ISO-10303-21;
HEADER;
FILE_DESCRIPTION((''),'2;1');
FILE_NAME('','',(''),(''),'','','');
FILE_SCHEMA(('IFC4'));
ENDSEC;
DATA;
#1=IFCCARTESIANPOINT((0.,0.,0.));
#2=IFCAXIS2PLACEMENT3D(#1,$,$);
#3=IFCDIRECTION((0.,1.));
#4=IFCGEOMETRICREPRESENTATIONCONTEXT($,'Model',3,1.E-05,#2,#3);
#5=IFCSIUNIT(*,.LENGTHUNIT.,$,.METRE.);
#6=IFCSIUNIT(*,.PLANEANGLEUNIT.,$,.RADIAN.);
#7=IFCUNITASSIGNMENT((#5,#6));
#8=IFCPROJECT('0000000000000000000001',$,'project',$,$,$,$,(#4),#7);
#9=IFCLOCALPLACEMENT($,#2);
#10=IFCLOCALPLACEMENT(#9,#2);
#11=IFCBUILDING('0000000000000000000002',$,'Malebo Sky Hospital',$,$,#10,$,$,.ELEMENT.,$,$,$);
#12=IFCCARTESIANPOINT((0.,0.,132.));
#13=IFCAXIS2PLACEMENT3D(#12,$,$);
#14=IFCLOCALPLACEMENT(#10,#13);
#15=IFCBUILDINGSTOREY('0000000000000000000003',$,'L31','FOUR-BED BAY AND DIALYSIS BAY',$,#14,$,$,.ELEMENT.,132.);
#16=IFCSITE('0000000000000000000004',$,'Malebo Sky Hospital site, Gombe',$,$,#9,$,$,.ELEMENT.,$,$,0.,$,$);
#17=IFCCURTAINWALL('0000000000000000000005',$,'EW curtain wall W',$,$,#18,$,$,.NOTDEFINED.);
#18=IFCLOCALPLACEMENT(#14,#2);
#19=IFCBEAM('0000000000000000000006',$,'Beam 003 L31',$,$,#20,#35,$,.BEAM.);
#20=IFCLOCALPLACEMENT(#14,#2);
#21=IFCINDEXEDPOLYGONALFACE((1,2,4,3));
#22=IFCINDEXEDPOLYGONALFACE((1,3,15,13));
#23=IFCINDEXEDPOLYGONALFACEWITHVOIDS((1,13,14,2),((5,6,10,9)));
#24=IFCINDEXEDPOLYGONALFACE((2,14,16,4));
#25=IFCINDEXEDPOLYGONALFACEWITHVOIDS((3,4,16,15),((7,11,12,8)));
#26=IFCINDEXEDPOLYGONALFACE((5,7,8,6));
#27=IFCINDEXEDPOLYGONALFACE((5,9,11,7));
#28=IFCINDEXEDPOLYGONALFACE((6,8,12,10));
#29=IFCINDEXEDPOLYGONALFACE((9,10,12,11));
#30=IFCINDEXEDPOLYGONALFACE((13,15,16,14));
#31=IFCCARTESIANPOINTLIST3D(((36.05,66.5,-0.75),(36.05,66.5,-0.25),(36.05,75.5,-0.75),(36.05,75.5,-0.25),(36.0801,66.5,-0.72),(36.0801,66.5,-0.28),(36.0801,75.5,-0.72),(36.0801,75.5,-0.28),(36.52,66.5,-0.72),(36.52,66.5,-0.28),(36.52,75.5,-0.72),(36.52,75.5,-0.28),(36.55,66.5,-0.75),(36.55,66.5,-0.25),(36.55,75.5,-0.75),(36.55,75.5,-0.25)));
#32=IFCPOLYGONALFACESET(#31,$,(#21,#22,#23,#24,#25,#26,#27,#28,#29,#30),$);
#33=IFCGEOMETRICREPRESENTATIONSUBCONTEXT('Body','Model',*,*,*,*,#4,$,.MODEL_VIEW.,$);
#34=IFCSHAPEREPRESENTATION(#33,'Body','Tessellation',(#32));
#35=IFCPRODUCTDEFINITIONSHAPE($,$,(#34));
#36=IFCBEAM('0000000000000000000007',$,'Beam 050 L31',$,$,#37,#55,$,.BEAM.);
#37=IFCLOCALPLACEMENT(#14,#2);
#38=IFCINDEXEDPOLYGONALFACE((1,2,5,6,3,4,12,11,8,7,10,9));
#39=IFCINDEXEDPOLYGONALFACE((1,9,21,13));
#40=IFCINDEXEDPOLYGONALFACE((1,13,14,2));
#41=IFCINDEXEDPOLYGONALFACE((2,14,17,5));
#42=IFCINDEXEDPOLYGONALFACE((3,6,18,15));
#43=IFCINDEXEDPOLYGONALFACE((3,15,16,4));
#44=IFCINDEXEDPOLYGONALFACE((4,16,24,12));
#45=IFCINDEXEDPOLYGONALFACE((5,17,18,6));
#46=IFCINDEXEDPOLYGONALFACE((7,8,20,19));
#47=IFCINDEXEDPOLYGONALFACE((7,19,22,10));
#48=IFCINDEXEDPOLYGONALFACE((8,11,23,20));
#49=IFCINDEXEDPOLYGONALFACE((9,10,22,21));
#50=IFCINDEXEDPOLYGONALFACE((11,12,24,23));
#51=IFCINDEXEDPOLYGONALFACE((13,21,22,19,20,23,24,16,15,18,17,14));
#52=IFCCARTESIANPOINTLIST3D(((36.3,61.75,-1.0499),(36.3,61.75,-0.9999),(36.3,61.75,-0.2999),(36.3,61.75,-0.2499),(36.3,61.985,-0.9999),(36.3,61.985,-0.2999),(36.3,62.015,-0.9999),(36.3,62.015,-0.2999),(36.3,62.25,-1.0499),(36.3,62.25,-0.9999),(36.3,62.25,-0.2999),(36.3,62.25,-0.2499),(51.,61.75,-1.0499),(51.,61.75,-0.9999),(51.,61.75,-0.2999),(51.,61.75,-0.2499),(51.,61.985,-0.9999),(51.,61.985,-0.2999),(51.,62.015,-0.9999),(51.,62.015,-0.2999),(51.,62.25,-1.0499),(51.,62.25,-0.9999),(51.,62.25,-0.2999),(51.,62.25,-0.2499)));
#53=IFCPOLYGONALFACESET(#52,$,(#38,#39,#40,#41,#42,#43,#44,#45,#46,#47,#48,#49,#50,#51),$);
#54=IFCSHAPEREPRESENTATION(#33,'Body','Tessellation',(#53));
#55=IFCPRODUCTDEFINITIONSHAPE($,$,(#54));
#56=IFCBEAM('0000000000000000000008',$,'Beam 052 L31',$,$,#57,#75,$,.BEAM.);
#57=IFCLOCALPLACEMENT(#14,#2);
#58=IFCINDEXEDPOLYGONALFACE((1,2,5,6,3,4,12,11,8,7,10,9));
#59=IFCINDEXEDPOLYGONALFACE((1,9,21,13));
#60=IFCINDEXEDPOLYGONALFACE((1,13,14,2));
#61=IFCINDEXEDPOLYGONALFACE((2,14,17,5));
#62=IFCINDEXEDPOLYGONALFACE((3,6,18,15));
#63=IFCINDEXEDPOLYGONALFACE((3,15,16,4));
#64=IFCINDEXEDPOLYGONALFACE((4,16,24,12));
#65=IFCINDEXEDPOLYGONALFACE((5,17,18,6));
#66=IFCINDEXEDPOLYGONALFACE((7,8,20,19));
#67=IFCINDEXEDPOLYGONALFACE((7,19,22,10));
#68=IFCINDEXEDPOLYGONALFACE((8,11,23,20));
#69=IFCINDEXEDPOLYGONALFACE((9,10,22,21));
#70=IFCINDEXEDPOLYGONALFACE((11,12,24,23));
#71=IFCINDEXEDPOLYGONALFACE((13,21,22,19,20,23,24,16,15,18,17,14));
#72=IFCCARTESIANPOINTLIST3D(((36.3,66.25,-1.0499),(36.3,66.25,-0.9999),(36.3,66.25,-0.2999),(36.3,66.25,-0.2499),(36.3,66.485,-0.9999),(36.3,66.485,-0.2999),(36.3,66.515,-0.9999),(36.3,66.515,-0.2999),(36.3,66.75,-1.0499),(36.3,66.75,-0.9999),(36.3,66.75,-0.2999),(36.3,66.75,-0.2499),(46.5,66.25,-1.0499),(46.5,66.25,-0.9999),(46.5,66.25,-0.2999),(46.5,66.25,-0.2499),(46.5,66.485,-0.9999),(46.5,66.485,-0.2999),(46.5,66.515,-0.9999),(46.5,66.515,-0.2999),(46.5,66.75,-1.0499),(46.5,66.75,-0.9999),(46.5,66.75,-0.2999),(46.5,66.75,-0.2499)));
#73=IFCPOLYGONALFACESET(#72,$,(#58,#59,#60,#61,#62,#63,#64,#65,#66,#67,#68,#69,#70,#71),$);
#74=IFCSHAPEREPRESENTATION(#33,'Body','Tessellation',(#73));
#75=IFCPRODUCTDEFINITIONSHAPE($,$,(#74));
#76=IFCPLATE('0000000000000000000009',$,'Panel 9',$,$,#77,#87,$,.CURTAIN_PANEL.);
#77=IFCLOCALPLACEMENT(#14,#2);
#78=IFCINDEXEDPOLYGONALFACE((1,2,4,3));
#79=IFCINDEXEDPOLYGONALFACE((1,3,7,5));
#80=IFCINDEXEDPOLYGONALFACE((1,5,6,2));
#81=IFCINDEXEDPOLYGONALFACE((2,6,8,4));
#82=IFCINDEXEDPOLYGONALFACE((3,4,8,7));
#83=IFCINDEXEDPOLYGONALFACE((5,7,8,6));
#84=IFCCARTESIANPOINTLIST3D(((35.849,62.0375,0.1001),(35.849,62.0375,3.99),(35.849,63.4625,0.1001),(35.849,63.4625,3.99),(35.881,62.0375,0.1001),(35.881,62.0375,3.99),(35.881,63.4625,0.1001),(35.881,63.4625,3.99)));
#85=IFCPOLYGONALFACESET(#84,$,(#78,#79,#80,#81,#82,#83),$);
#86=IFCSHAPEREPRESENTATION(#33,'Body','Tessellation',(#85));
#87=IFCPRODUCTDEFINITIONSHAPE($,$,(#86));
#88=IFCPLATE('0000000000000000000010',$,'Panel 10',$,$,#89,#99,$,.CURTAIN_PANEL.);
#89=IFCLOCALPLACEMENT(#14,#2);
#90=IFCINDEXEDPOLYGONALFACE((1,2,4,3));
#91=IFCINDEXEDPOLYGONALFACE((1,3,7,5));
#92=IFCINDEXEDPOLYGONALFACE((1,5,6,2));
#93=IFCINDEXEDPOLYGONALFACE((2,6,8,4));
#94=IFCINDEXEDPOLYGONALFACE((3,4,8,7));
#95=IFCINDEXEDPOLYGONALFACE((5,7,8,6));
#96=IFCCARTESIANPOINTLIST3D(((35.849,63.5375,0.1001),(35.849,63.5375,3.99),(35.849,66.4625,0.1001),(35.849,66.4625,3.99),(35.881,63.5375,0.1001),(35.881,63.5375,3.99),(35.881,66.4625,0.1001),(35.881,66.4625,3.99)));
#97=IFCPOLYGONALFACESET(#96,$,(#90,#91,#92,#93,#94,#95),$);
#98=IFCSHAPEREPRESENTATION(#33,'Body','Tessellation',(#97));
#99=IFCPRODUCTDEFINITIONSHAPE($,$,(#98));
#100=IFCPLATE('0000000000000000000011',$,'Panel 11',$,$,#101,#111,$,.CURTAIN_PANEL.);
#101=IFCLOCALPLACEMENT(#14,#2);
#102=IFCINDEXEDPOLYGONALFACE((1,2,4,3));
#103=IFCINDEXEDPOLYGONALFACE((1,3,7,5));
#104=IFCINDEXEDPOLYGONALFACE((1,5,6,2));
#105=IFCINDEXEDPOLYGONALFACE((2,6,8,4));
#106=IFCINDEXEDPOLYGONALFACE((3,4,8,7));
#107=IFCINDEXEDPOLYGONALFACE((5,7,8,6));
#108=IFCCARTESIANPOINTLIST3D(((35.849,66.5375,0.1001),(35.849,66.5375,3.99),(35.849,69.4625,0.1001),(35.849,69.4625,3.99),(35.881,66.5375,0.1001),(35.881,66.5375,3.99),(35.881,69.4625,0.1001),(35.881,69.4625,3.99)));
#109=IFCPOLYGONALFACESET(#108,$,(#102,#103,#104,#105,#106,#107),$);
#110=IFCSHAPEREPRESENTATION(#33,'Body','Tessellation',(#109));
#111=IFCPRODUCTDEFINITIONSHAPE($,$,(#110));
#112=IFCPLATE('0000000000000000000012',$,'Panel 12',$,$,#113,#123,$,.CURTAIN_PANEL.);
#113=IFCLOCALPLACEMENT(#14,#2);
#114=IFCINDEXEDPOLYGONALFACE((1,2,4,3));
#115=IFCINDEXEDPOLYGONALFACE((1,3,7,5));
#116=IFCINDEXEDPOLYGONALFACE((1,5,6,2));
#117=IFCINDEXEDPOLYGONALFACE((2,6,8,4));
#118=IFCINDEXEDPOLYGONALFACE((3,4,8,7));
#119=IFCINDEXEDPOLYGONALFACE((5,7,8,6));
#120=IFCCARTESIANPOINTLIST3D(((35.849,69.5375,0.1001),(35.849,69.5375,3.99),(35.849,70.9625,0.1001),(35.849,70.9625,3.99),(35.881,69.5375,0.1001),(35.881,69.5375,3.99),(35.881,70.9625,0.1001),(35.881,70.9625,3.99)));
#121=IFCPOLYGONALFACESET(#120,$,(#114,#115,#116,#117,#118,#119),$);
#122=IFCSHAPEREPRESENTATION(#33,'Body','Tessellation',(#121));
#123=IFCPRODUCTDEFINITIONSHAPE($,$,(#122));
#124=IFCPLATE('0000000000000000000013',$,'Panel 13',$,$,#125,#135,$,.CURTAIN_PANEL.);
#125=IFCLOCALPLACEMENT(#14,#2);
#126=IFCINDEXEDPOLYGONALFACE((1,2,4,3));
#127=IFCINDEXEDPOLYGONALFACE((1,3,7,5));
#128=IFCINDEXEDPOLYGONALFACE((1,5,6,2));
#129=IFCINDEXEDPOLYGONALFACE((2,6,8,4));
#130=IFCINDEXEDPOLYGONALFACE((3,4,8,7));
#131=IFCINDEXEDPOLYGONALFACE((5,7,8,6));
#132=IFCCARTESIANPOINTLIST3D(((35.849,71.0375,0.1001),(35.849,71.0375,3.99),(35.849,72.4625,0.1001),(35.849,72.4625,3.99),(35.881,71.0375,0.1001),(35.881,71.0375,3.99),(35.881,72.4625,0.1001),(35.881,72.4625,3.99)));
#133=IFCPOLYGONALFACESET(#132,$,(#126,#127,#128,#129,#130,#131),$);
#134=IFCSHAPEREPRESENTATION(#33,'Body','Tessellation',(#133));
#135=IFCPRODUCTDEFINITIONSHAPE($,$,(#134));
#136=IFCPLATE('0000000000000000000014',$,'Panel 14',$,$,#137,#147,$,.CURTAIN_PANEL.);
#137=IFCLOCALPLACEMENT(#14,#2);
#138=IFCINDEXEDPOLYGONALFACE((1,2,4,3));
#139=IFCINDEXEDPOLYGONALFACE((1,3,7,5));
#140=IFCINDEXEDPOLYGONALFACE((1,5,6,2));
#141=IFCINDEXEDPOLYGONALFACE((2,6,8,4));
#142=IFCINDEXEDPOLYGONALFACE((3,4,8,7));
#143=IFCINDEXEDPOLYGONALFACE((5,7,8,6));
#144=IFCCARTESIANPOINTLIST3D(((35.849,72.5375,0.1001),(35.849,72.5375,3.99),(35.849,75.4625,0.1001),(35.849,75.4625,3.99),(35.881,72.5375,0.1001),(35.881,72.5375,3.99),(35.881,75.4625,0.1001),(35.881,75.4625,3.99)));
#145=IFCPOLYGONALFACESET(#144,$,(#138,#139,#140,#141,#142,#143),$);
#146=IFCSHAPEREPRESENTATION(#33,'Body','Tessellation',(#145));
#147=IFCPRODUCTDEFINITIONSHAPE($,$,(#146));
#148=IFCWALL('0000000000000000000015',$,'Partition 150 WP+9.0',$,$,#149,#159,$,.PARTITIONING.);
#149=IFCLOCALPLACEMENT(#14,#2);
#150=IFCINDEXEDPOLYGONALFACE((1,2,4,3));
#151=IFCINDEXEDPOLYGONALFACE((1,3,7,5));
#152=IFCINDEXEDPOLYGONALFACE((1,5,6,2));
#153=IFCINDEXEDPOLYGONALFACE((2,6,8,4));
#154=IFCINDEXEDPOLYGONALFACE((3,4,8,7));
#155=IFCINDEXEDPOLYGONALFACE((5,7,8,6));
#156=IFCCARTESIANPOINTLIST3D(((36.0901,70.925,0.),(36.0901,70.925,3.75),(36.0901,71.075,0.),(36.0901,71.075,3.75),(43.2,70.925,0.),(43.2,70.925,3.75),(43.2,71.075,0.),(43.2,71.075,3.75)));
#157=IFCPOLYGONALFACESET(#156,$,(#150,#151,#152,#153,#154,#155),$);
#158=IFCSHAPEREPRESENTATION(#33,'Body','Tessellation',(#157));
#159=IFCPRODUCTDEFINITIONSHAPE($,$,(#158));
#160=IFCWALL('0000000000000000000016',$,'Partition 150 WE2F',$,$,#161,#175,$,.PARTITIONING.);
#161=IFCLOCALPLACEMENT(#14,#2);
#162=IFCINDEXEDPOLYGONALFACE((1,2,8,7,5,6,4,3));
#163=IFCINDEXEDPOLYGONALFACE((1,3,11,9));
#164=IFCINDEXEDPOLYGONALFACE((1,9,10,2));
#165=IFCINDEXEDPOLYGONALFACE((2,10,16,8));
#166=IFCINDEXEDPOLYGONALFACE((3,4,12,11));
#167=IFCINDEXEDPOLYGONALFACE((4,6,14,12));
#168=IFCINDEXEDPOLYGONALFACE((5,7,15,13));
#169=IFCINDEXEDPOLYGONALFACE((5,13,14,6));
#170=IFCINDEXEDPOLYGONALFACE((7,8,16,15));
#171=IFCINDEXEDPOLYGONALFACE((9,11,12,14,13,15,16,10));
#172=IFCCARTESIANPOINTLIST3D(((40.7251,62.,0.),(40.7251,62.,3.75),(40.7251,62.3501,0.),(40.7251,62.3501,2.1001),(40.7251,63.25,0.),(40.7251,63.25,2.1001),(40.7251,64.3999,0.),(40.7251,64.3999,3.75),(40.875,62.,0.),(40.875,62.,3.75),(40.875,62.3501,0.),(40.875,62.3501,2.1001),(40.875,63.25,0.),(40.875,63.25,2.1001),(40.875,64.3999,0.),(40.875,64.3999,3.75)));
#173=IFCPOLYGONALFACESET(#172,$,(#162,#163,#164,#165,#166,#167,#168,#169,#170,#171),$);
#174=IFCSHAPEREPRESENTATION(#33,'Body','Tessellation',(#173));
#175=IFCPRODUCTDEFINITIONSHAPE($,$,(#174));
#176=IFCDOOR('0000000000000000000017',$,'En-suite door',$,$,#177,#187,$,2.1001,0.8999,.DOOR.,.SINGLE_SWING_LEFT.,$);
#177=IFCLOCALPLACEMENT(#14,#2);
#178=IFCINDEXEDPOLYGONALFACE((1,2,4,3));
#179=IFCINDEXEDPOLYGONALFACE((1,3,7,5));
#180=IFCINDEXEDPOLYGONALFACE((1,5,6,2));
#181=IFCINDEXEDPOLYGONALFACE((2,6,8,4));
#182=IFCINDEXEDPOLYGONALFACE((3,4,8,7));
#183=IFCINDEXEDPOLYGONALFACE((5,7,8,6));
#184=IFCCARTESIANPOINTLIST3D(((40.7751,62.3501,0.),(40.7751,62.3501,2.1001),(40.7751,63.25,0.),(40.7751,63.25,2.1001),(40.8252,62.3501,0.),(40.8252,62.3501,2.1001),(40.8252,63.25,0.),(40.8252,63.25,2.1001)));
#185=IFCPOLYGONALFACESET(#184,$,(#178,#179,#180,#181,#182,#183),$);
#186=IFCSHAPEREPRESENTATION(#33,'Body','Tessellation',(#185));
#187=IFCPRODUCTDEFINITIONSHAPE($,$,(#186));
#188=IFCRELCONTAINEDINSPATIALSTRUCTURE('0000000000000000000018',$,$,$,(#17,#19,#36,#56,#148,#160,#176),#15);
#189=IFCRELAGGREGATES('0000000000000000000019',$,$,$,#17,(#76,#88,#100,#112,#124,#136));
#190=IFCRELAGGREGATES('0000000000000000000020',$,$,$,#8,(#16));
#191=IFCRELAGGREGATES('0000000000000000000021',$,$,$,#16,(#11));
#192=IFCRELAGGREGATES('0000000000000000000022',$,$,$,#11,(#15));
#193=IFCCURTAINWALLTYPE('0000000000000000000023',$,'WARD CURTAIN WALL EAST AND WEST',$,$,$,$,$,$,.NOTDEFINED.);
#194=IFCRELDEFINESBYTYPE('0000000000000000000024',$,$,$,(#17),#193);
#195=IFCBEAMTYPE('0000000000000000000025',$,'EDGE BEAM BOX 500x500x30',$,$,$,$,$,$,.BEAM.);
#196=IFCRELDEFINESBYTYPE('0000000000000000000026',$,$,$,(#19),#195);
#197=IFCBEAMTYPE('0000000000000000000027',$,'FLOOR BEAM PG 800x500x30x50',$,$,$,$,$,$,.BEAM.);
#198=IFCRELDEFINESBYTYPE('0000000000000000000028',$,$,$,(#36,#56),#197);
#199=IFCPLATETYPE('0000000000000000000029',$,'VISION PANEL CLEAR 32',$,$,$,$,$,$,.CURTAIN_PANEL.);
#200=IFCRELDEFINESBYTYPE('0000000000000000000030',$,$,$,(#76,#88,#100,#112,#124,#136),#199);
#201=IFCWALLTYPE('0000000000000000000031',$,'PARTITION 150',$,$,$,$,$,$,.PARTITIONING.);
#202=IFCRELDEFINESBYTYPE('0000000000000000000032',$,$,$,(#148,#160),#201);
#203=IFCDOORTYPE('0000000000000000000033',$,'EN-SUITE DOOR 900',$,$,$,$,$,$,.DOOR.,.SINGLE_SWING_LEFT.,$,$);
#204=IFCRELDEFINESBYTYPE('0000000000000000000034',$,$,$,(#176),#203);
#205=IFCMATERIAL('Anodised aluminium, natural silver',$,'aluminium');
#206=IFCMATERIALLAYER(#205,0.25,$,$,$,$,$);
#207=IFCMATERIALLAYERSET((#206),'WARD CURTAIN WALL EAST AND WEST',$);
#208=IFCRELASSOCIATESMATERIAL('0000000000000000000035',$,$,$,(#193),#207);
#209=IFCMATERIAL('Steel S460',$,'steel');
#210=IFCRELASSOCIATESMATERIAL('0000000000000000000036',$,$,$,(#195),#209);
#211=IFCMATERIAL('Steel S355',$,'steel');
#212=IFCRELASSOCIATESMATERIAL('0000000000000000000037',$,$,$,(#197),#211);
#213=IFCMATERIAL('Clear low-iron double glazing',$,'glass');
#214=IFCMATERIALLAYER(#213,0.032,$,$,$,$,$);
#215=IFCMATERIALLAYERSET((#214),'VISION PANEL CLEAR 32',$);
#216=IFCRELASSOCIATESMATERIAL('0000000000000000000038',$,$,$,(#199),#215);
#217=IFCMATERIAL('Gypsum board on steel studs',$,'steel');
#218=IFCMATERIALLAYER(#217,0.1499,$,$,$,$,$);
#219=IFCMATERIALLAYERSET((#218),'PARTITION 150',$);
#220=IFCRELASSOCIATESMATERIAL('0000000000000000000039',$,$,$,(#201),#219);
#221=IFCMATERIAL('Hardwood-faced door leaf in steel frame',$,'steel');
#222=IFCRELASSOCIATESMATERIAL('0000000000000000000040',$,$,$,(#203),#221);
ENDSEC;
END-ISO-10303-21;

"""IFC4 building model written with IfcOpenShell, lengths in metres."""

from ifc_helpers import new_model, si_unit, direction, frame, frame_2d, origin, origin_2d, place, context, subcontext, project, spatial, rectangle, hollow_rectangle, i_section, extrude, material, layer, layer_set, material_profile, profile_set, type_object, element, fill, aggregate, save


model = new_model("IFC4")

# Units and contexts
model_context = context("Model", 3, precision=1e-05, world=origin(), true_north=direction((0.0, 1.0)))
body_context = subcontext(model_context, "Body", "Model", "MODEL_VIEW")
ifc_project = project(units=[si_unit("LENGTHUNIT", "METRE"), si_unit("PLANEANGLEUNIT", "RADIAN")], contexts=[model_context])

# Site, building, storey
site_placement = place(None, origin())
site = spatial("IfcSite", under=ifc_project, at=site_placement, Name="Malebo Sky Hospital site, Gombe", CompositionType="ELEMENT", RefElevation=0.0)
building_placement = place(site_placement, origin())
building = spatial("IfcBuilding", under=site, at=building_placement, Name="Malebo Sky Hospital", CompositionType="ELEMENT")
storey_placement = place(building_placement, frame((0.0, 0.0, 132.0)))
storey = spatial("IfcBuildingStorey", under=building, at=storey_placement, Name="L31", Description="FOUR-BED BAY AND DIALYSIS BAY", CompositionType="ELEMENT", Elevation=132.0)

# Shared definitions
ifc_material_1 = material(Name="Steel S460", Category="steel")

# Curtain wall
ifc_material_2 = material(Name="Anodised aluminium, natural silver", Category="aluminium")
ifc_layer_1 = layer(ifc_material_2, 0.25)
ifc_layer_set_1 = layer_set([ifc_layer_1], Name="WARD CURTAIN WALL EAST AND WEST")
curtain_wall_type = type_object("IfcCurtainWallType", Name="WARD CURTAIN WALL EAST AND WEST", PredefinedType="NOTDEFINED", material=ifc_layer_set_1)
curtain_wall_placement = place(storey_placement, origin())
curtain_wall = element("IfcCurtainWall", 1, at=curtain_wall_placement, inside=storey, type_object=curtain_wall_type, Name="EW curtain wall W", PredefinedType="NOTDEFINED")

# Beams
ifc_material_profile_1 = material_profile(ifc_material_1, hollow_rectangle(XDim=0.5, YDim=0.5, WallThickness=0.03, at=origin_2d()), Name="BOX 500x500x30")
ifc_profile_set_1 = profile_set([ifc_material_profile_1], Name="Steel S460")
beam_type_1 = type_object("IfcBeamType", Name="EDGE BEAM BOX 500x500x30", PredefinedType="BEAM", material=ifc_profile_set_1)
beam_1_placement = place(storey_placement, frame((36.3, 66.5, -0.5), z_axis=(0.0, 1.0, 0.0), x_axis=(-1.0, 0.0, 0.0)))
element("IfcBeam", 2, at=beam_1_placement, inside=storey, type_object=beam_type_1, Name="Beam 003 L31", PredefinedType="BEAM", context=body_context, shape_type="SweptSolid", body=[
    extrude(hollow_rectangle(XDim=0.5, YDim=0.5, WallThickness=0.03, at=origin_2d()), origin(), (0.0, 0.0, 1.0), 9.0),
])
ifc_material_3 = material(Name="Steel S355", Category="steel")
ifc_material_profile_2 = material_profile(ifc_material_3, i_section(OverallWidth=0.5, OverallDepth=0.8, WebThickness=0.03, FlangeThickness=0.05, at=origin_2d()), Name="PG 800x500x30x50")
ifc_profile_set_2 = profile_set([ifc_material_profile_2], Name="Steel S355")
beam_type_2 = type_object("IfcBeamType", Name="FLOOR BEAM PG 800x500x30x50", PredefinedType="BEAM", material=ifc_profile_set_2)
beam_2_placement = place(storey_placement, frame((36.3, 62.0, -0.6499), z_axis=(1.0, 0.0, 0.0), x_axis=(0.0, 1.0, 0.0)))
element("IfcBeam", 3, at=beam_2_placement, inside=storey, type_object=beam_type_2, Name="Beam 050 L31", PredefinedType="BEAM", context=body_context, shape_type="SweptSolid", body=[
    extrude(i_section(OverallWidth=0.5, OverallDepth=0.8, WebThickness=0.03, FlangeThickness=0.05, at=origin_2d()), origin(), (0.0, 0.0, 1.0), 14.7),
])
beam_3_placement = place(storey_placement, frame((36.3, 66.5, -0.6499), z_axis=(1.0, 0.0, 0.0), x_axis=(0.0, 1.0, 0.0)))
element("IfcBeam", 4, at=beam_3_placement, inside=storey, type_object=beam_type_2, Name="Beam 052 L31", PredefinedType="BEAM", context=body_context, shape_type="SweptSolid", body=[
    extrude(i_section(OverallWidth=0.5, OverallDepth=0.8, WebThickness=0.03, FlangeThickness=0.05, at=origin_2d()), origin(), (0.0, 0.0, 1.0), 10.2),
])

# Plates
ifc_material_4 = material(Name="Clear low-iron double glazing", Category="glass")
ifc_layer_2 = layer(ifc_material_4, 0.032)
ifc_layer_set_2 = layer_set([ifc_layer_2], Name="VISION PANEL CLEAR 32")
plate_type = type_object("IfcPlateType", Name="VISION PANEL CLEAR 32", PredefinedType="CURTAIN_PANEL", material=ifc_layer_set_2)
plate_1_placement = place(storey_placement, frame((35.865, 62.75, 0.1001), z_axis=(0.0, 0.0, 1.0), x_axis=(0.0, 1.0, 0.0)))
plate_1 = element("IfcPlate", 5, at=plate_1_placement, type_object=plate_type, Name="Panel 9", PredefinedType="CURTAIN_PANEL", context=body_context, shape_type="SweptSolid", body=[
    extrude(rectangle(XDim=1.425, YDim=0.032, at=origin_2d()), origin(), (0.0, 0.0, 1.0), 3.8899),
])
plate_2_placement = place(storey_placement, frame((35.865, 65.0, 0.1001), z_axis=(0.0, 0.0, 1.0), x_axis=(0.0, 1.0, 0.0)))
plate_2 = element("IfcPlate", 6, at=plate_2_placement, type_object=plate_type, Name="Panel 10", PredefinedType="CURTAIN_PANEL", context=body_context, shape_type="SweptSolid", body=[
    extrude(rectangle(XDim=2.925, YDim=0.032, at=origin_2d()), origin(), (0.0, 0.0, 1.0), 3.8899),
])
plate_3_placement = place(storey_placement, frame((35.865, 68.0, 0.1001), z_axis=(0.0, 0.0, 1.0), x_axis=(0.0, 1.0, 0.0)))
plate_3 = element("IfcPlate", 7, at=plate_3_placement, type_object=plate_type, Name="Panel 11", PredefinedType="CURTAIN_PANEL", context=body_context, shape_type="SweptSolid", body=[
    extrude(rectangle(XDim=2.925, YDim=0.032, at=origin_2d()), origin(), (0.0, 0.0, 1.0), 3.8899),
])
plate_4_placement = place(storey_placement, frame((35.865, 70.25, 0.1001), z_axis=(0.0, 0.0, 1.0), x_axis=(0.0, 1.0, 0.0)))
plate_4 = element("IfcPlate", 8, at=plate_4_placement, type_object=plate_type, Name="Panel 12", PredefinedType="CURTAIN_PANEL", context=body_context, shape_type="SweptSolid", body=[
    extrude(rectangle(XDim=1.425, YDim=0.032, at=origin_2d()), origin(), (0.0, 0.0, 1.0), 3.8899),
])
plate_5_placement = place(storey_placement, frame((35.865, 71.75, 0.1001), z_axis=(0.0, 0.0, 1.0), x_axis=(0.0, 1.0, 0.0)))
plate_5 = element("IfcPlate", 9, at=plate_5_placement, type_object=plate_type, Name="Panel 13", PredefinedType="CURTAIN_PANEL", context=body_context, shape_type="SweptSolid", body=[
    extrude(rectangle(XDim=1.425, YDim=0.032, at=origin_2d()), origin(), (0.0, 0.0, 1.0), 3.8899),
])
plate_6_placement = place(storey_placement, frame((35.865, 74.0, 0.1001), z_axis=(0.0, 0.0, 1.0), x_axis=(0.0, 1.0, 0.0)))
plate_6 = element("IfcPlate", 10, at=plate_6_placement, type_object=plate_type, Name="Panel 14", PredefinedType="CURTAIN_PANEL", context=body_context, shape_type="SweptSolid", body=[
    extrude(rectangle(XDim=2.925, YDim=0.032, at=origin_2d()), origin(), (0.0, 0.0, 1.0), 3.8899),
])
aggregate(curtain_wall, [plate_1, plate_2, plate_3, plate_4, plate_5, plate_6])

# Wall
ifc_material_5 = material(Name="Gypsum board on steel studs", Category="steel")
ifc_layer_3 = layer(ifc_material_5, 0.1499)
ifc_layer_set_3 = layer_set([ifc_layer_3], Name="PARTITION 150")
wall_type_1 = type_object("IfcWallType", Name="PARTITION 150", PredefinedType="PARTITIONING", material=ifc_layer_set_3)
wall_1_placement = place(storey_placement, frame((43.2, 71.0, 0.0), z_axis=(0.0, 0.0, 1.0), x_axis=(-1.0, 0.0, 0.0)))
element("IfcWall", 11, at=wall_1_placement, inside=storey, type_object=wall_type_1, Name="Partition 150 WP+9.0", PredefinedType="PARTITIONING", context=body_context, shape_type="SweptSolid", body=[
    extrude(rectangle(XDim=7.1099, YDim=0.1499, at=frame_2d((3.5549, 0.0))), origin(), (0.0, 0.0, 1.0), 3.75),
])

# Wall, opening, door
wall_2_placement = place(storey_placement, frame((40.8, 62.0, 0.0), z_axis=(0.0, 0.0, 1.0), x_axis=(0.0, 1.0, 0.0)))
wall_2 = element("IfcWall", 12, at=wall_2_placement, inside=storey, type_object=wall_type_1, Name="Partition 150 WE2F", PredefinedType="PARTITIONING", context=body_context, shape_type="SweptSolid", body=[
    extrude(rectangle(XDim=2.3999, YDim=0.1499, at=frame_2d((1.2, 0.0))), origin(), (0.0, 0.0, 1.0), 3.75),
])
opening_1_placement = place(wall_2_placement, frame((0.3501, 0.0, 0.0)))
opening_1 = element("IfcOpeningElement", 13, at=opening_1_placement, cuts=wall_2, PredefinedType="OPENING", context=body_context, shape_type="SweptSolid", body=[
    extrude(rectangle(XDim=0.8999, YDim=2.1001, at=frame_2d((0.45, 1.05))), frame((0.0, 0.085, 0.0), z_axis=(0.0, -1.0, 0.0), x_axis=(1.0, 0.0, 0.0)), (0.0, 0.0, 1.0), 0.1699),
])
ifc_material_6 = material(Name="Hardwood-faced door leaf in steel frame", Category="steel")
door_type = type_object("IfcDoorType", Name="EN-SUITE DOOR 900", OperationType="SINGLE_SWING_LEFT", PredefinedType="DOOR", material=ifc_material_6)
door_1_placement = place(opening_1_placement, origin())
door_1 = element("IfcDoor", 14, at=door_1_placement, inside=storey, type_object=door_type, Name="En-suite door", OperationType="SINGLE_SWING_LEFT", OverallHeight=2.1001, OverallWidth=0.8999, PredefinedType="DOOR", context=body_context, shape_type="SweptSolid", body=[
    extrude(rectangle(XDim=0.8999, YDim=2.1001, at=frame_2d((0.45, 1.05))), frame((0.0, 0.0249, 0.0), z_axis=(0.0, -1.0, 0.0), x_axis=(1.0, 0.0, 0.0)), (0.0, 0.0, 1.0), 0.05),
])
fill(opening_1, door_1)

save(model, "model.ifc")
